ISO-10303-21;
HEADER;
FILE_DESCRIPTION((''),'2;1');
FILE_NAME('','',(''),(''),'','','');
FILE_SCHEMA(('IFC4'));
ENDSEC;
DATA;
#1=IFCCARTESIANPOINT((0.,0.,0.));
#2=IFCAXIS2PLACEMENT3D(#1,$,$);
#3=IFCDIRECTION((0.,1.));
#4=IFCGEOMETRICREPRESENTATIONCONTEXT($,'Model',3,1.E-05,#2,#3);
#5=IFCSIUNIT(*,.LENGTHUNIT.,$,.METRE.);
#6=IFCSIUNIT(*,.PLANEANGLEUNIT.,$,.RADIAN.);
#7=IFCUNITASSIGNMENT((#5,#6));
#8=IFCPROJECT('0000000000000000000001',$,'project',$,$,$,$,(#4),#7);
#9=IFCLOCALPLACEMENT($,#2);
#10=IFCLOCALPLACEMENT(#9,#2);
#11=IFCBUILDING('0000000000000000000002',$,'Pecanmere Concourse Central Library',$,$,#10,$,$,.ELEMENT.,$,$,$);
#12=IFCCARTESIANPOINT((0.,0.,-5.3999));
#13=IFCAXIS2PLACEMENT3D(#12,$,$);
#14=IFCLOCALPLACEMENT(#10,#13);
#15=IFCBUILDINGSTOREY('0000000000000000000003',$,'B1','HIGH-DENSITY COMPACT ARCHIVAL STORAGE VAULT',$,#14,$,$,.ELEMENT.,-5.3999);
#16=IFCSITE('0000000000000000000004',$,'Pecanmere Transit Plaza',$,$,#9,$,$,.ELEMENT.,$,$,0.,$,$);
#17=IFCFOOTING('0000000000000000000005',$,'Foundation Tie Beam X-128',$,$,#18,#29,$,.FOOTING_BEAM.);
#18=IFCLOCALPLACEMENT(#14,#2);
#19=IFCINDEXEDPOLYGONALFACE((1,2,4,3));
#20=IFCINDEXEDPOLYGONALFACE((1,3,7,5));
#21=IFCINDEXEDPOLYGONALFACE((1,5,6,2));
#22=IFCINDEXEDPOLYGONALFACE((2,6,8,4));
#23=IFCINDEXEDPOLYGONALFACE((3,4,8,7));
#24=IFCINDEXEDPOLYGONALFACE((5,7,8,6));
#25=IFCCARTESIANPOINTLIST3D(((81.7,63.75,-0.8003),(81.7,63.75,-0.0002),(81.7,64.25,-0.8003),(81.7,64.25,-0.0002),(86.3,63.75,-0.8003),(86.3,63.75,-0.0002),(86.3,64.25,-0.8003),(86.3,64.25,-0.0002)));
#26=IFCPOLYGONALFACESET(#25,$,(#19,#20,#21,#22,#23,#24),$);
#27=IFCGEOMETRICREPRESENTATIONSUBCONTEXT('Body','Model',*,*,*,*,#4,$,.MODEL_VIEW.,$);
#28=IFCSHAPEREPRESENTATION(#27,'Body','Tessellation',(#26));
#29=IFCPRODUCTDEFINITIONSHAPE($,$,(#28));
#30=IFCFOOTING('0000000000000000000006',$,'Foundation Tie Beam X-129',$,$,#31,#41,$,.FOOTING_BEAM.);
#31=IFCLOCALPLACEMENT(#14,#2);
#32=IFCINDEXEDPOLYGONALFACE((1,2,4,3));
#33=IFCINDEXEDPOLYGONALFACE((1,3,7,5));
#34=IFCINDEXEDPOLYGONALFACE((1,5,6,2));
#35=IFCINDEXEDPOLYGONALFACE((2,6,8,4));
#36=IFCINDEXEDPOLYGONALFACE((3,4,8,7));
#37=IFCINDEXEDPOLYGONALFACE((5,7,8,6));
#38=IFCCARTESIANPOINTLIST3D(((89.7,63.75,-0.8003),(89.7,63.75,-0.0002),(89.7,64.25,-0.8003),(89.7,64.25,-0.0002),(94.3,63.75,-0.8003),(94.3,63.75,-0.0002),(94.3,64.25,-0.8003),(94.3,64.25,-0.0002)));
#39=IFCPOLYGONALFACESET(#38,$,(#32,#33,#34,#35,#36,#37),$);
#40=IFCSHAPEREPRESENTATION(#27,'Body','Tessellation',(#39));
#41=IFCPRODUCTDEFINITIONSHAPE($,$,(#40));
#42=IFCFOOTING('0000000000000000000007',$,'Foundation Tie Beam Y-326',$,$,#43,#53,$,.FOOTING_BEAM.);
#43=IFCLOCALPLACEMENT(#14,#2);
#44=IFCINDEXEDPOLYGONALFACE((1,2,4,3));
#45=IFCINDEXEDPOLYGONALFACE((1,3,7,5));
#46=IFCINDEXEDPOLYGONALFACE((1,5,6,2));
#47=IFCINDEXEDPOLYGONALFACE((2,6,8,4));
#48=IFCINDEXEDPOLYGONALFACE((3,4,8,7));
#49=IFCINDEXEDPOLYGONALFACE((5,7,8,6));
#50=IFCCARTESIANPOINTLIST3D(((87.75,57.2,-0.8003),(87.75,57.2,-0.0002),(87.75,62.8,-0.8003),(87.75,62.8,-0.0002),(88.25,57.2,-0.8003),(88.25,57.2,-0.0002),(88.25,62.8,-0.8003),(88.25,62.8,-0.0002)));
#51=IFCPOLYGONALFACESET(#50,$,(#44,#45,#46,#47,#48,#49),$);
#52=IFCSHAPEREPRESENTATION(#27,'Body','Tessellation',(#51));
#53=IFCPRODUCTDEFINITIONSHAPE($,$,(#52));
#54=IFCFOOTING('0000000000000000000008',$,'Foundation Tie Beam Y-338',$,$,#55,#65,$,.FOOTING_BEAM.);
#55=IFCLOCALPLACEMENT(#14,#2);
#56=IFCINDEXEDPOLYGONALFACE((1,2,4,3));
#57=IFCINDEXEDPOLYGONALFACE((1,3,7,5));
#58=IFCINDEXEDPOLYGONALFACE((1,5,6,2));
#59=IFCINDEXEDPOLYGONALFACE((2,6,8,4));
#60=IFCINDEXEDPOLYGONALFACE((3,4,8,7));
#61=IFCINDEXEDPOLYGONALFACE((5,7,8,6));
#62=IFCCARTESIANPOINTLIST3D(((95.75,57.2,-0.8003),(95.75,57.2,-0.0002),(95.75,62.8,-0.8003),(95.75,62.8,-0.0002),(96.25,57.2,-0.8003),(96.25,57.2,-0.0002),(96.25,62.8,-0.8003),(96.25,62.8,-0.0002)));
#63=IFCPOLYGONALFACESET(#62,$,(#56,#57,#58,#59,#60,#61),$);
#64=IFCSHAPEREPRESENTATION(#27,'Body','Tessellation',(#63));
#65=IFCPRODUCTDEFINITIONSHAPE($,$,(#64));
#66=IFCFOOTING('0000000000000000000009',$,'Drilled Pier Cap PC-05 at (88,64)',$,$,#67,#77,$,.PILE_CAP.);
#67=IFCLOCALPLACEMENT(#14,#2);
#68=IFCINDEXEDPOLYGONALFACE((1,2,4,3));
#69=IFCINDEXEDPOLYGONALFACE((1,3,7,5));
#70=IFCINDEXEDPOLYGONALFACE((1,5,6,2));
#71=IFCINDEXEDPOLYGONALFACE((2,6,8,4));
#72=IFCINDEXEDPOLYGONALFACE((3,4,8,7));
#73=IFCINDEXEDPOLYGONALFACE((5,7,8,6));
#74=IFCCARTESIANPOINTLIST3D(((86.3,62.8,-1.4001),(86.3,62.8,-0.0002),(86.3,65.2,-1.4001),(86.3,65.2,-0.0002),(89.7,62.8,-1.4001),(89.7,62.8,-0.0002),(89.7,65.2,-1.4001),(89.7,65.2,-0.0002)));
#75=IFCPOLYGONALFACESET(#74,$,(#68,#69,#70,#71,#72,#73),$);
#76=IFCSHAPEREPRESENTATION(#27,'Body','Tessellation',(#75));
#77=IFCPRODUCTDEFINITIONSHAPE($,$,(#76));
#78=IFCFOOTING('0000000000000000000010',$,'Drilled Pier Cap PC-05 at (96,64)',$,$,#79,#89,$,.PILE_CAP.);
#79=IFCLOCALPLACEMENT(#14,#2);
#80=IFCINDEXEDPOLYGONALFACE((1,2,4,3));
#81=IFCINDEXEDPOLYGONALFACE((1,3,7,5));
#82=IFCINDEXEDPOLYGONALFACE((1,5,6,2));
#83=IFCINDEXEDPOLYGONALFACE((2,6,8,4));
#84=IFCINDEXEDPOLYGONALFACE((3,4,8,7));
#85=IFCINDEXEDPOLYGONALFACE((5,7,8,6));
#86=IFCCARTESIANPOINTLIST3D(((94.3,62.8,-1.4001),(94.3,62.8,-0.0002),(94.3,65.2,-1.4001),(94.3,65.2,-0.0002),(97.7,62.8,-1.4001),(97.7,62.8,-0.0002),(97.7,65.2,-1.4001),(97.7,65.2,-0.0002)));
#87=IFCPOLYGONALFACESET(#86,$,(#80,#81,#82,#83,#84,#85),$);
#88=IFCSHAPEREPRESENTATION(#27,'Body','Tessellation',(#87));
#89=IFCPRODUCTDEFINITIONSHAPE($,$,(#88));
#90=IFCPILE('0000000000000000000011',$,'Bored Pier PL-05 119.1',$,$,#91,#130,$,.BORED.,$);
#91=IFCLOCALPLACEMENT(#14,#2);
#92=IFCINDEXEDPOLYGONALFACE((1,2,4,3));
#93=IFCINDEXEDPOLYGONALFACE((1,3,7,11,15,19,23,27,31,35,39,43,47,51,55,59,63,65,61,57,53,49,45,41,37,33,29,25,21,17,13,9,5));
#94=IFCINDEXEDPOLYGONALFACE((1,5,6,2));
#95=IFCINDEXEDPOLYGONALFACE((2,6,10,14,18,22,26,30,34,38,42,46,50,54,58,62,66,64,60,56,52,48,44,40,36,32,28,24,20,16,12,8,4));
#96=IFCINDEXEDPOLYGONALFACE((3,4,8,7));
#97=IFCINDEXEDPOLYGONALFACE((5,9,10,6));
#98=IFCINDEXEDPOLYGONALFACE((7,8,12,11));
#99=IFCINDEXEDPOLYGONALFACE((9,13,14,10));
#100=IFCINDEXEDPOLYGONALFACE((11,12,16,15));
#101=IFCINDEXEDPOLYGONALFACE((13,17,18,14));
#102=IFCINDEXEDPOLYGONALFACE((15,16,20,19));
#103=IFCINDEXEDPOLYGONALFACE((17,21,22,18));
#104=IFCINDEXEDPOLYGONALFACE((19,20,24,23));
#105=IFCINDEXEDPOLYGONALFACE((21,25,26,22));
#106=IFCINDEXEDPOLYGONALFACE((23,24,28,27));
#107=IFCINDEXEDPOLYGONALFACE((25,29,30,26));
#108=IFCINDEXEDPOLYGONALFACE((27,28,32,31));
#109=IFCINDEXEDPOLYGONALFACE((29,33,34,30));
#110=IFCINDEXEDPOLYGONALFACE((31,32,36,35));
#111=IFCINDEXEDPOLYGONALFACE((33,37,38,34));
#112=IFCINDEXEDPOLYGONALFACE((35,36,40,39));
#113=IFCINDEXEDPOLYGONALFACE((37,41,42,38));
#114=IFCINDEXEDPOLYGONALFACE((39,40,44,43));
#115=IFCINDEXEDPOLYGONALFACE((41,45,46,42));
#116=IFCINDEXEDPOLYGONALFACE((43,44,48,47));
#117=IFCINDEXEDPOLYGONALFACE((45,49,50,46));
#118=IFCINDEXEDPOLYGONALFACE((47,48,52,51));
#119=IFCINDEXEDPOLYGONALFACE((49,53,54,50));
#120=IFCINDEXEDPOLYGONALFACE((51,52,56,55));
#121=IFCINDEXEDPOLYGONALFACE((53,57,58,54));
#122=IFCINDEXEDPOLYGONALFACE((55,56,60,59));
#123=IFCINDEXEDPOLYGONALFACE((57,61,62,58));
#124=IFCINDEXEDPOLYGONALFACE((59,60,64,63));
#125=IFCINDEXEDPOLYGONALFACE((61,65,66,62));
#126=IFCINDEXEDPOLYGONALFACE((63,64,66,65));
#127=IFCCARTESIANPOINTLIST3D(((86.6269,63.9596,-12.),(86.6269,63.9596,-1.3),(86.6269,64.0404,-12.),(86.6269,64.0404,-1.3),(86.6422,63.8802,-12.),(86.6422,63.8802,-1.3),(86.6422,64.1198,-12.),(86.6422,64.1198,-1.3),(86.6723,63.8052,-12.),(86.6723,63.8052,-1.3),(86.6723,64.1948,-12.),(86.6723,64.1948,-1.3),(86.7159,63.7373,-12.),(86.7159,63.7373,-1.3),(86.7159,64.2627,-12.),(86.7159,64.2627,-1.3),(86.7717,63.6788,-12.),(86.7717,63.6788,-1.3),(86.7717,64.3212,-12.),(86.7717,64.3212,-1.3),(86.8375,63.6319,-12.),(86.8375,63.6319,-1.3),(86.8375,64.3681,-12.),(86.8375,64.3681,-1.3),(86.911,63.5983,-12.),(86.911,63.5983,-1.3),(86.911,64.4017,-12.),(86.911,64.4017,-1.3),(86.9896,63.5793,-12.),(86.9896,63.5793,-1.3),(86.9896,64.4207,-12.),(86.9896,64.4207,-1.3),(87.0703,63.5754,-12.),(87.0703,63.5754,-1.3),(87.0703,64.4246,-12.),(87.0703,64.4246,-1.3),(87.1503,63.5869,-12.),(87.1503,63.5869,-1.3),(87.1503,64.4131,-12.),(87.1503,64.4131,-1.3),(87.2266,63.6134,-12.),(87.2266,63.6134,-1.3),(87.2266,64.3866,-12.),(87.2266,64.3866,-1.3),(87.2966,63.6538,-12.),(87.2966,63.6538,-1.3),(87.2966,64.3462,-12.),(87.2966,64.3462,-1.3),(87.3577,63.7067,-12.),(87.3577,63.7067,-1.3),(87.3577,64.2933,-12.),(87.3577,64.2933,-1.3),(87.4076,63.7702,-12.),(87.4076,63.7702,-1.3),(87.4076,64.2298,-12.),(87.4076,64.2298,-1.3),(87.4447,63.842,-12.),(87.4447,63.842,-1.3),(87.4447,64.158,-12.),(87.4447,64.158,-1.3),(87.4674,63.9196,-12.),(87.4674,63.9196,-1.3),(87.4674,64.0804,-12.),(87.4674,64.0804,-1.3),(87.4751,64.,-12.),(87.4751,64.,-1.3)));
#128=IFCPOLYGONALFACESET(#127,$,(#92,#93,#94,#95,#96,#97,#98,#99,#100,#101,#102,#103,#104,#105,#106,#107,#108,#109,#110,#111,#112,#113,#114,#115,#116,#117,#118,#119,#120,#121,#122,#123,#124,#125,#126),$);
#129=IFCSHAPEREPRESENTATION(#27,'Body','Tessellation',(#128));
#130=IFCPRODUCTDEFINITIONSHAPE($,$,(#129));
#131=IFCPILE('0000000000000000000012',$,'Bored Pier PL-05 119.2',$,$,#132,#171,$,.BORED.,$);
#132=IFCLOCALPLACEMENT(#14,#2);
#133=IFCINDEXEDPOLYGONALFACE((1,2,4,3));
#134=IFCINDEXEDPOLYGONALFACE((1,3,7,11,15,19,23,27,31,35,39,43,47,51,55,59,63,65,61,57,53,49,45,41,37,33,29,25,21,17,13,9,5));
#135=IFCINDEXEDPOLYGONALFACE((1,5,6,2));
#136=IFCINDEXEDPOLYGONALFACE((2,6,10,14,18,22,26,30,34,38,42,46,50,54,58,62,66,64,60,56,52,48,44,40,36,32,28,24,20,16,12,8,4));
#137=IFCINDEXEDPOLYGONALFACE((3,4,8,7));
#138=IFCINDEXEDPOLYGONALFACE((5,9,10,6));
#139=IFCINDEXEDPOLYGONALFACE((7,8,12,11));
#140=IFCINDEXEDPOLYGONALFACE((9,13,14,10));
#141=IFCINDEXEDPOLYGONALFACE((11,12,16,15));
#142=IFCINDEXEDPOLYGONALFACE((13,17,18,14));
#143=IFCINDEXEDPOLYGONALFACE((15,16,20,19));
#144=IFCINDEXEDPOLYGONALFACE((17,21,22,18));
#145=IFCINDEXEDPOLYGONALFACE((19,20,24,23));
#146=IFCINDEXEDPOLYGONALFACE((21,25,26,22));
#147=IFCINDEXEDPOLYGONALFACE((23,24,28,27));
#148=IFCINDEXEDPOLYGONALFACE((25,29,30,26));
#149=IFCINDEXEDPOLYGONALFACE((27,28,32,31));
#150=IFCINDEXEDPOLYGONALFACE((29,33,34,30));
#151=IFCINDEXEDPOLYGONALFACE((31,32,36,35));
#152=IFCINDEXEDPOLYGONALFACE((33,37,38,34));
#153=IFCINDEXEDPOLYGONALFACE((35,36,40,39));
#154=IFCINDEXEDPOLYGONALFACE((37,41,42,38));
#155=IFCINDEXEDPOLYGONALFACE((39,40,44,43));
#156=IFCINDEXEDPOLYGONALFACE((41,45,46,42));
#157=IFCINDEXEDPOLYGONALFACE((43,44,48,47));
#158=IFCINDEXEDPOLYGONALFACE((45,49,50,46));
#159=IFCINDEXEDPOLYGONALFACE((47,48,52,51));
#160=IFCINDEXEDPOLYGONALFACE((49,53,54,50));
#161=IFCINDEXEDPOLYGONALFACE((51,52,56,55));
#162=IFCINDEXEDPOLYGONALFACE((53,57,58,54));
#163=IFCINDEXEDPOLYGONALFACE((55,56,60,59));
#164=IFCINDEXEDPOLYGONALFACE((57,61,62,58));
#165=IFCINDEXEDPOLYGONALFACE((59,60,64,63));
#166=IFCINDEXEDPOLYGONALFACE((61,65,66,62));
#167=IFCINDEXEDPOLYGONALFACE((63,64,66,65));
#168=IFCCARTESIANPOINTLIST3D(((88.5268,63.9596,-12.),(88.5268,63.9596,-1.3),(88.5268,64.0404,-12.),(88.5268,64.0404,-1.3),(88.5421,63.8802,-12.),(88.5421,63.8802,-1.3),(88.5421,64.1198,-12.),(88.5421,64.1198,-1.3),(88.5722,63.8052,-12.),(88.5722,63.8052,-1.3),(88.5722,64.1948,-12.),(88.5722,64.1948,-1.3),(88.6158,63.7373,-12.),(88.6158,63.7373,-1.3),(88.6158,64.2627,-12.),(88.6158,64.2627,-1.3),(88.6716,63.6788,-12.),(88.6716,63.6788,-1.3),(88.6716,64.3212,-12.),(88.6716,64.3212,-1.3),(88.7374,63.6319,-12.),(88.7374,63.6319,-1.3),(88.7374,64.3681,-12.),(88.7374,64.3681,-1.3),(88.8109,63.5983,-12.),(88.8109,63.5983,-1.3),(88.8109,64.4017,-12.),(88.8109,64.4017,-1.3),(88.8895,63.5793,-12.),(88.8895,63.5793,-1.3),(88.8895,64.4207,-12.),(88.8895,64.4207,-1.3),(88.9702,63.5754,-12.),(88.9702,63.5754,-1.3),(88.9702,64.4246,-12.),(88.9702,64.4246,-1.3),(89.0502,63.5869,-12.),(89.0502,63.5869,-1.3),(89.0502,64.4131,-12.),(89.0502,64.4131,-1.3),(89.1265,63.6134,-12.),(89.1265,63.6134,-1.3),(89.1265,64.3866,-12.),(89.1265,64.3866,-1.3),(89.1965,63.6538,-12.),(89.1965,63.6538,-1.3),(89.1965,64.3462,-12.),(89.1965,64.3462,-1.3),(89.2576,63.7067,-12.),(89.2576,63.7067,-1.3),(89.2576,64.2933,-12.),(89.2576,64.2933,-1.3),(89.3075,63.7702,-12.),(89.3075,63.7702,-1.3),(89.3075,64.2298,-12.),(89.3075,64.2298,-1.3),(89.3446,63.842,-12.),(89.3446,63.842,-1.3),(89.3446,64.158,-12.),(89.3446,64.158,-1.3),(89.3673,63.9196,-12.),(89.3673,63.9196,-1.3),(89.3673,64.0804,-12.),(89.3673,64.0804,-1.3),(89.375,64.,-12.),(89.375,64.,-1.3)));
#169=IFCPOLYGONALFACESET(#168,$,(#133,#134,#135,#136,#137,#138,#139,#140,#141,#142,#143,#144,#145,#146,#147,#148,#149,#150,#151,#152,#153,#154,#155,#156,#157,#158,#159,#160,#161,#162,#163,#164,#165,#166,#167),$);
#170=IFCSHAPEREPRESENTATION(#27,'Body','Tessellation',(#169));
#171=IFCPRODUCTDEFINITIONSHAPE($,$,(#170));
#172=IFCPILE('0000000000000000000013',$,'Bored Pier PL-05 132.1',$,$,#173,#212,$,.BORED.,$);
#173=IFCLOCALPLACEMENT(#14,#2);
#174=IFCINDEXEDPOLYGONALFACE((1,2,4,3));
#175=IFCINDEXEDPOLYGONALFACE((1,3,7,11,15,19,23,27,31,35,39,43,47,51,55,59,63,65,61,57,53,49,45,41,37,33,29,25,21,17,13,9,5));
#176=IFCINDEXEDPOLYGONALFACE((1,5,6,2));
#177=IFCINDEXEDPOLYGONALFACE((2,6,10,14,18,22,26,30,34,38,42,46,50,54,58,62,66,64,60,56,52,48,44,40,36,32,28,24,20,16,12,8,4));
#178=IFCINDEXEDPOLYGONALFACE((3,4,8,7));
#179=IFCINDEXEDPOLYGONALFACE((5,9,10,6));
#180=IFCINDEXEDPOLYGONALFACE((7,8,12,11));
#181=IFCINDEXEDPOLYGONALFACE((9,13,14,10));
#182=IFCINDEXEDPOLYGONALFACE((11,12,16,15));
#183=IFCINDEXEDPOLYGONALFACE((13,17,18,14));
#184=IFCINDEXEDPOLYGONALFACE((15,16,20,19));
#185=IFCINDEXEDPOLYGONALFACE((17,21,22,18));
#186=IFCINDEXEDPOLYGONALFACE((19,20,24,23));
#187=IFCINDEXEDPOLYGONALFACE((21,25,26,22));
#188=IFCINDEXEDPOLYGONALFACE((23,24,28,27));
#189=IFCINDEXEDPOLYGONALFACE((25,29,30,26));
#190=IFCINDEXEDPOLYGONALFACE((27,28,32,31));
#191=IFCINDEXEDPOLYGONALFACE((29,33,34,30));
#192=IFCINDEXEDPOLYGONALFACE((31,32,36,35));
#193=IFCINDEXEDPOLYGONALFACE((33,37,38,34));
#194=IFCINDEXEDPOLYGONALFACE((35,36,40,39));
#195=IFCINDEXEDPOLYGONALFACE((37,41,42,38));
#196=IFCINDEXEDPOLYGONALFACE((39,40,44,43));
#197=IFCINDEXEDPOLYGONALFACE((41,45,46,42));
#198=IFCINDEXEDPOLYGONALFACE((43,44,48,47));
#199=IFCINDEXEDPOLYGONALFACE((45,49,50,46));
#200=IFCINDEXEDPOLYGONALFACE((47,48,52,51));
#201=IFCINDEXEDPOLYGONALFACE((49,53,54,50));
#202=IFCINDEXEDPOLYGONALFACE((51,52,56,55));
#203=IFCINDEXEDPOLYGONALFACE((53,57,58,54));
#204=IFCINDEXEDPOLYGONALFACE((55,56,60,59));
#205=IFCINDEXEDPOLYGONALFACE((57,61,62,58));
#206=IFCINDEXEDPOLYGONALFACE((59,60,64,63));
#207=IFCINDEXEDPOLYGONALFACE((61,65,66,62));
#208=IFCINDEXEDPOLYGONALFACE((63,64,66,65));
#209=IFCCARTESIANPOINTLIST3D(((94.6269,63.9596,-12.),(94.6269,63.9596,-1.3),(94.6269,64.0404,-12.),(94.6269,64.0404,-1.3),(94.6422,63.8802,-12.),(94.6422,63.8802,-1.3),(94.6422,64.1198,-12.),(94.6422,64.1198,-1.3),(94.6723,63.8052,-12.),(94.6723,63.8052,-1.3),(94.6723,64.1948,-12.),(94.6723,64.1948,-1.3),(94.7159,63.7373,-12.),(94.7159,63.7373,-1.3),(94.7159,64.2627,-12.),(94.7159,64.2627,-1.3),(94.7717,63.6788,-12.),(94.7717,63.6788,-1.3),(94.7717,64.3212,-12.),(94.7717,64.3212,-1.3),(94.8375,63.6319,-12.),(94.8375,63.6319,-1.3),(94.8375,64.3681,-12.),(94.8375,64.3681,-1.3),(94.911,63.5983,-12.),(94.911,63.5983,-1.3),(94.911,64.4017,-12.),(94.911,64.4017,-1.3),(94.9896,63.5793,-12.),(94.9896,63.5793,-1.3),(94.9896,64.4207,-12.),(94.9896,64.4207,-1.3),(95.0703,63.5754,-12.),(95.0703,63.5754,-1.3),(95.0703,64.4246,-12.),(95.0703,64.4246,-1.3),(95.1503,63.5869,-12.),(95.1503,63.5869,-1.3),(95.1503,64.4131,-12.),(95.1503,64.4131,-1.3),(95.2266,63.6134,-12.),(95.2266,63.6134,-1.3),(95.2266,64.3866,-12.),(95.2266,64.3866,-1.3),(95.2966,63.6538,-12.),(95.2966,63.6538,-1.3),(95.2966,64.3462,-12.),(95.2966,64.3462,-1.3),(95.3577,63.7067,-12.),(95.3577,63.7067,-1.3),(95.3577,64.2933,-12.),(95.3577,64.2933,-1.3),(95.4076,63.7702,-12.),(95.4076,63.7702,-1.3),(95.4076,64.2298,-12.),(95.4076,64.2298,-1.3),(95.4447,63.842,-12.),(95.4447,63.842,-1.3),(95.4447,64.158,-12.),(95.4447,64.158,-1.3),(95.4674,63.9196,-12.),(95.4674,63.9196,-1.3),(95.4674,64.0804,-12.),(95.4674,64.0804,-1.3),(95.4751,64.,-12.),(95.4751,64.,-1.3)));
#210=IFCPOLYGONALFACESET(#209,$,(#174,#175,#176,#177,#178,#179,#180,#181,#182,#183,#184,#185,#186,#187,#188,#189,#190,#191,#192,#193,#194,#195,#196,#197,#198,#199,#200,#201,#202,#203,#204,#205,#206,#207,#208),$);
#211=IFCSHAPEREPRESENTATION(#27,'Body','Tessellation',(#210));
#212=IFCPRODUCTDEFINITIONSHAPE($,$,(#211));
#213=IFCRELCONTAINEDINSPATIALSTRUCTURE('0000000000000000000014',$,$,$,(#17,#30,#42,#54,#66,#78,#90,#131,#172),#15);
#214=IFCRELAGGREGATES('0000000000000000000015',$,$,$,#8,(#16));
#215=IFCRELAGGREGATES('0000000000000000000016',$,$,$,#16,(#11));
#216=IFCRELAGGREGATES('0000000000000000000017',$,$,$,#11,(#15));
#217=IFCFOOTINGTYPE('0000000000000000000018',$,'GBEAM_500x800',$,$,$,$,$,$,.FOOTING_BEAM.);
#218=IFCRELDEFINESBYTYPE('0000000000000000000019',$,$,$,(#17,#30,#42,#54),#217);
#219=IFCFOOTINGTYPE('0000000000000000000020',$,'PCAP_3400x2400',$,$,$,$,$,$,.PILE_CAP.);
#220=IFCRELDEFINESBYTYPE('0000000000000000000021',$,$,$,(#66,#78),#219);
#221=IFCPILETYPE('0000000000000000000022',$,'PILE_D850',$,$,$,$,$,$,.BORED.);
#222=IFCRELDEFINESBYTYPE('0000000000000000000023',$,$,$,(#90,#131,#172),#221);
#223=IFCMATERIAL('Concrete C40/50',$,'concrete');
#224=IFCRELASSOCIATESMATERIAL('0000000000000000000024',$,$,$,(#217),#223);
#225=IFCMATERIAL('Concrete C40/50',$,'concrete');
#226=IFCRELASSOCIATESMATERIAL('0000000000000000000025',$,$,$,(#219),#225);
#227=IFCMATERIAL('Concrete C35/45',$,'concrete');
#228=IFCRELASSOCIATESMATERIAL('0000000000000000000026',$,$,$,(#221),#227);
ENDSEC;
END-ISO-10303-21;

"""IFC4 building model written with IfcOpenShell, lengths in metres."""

from ifc_helpers import new_model, si_unit, direction, frame, origin, origin_2d, place, context, subcontext, project, spatial, rectangle, circle, extrude, material, material_profile, profile_set, type_object, element, save


model = new_model("IFC4")

# Units and contexts
model_context = context("Model", 3, precision=1e-05, world=origin(), true_north=direction((0.0, 1.0)))
body_context = subcontext(model_context, "Body", "Model", "MODEL_VIEW")
ifc_project = project(units=[si_unit("LENGTHUNIT", "METRE"), si_unit("PLANEANGLEUNIT", "RADIAN")], contexts=[model_context])

# Site, building, storey
site_placement = place(None, origin())
site = spatial("IfcSite", under=ifc_project, at=site_placement, Name="Pecanmere Transit Plaza", CompositionType="ELEMENT", RefElevation=0.0)
building_placement = place(site_placement, origin())
building = spatial("IfcBuilding", under=site, at=building_placement, Name="Pecanmere Concourse Central Library", CompositionType="ELEMENT")
storey_placement = place(building_placement, frame((0.0, 0.0, -5.3999)))
storey = spatial("IfcBuildingStorey", under=building, at=storey_placement, Name="B1", Description="HIGH-DENSITY COMPACT ARCHIVAL STORAGE VAULT", CompositionType="ELEMENT", Elevation=-5.3999)

# Footings
ifc_material_1 = material(Name="Concrete C40/50", Category="concrete")
ifc_material_profile_1 = material_profile(ifc_material_1, rectangle(XDim=0.5, YDim=0.8, at=origin_2d()), Name="RC 500x800")
ifc_profile_set_1 = profile_set([ifc_material_profile_1], Name="Concrete C40/50")
footing_type_1 = type_object("IfcFootingType", Name="GBEAM_500x800", PredefinedType="FOOTING_BEAM", material=ifc_profile_set_1)
for number, where, z_axis, x_axis, name in (
    (1, (84.0, 64.0, -0.8003), (0.0, 0.0, 1.0), (1.0, 0.0, 0.0), "Foundation Tie Beam X-128"),
    (2, (92.0, 64.0, -0.8003), (0.0, 0.0, 1.0), (1.0, 0.0, 0.0), "Foundation Tie Beam X-129"),
):
    element("IfcFooting", number, at=place(storey_placement, frame(where, z_axis=z_axis, x_axis=x_axis)), inside=storey, type_object=footing_type_1, Name=name, PredefinedType="FOOTING_BEAM", context=body_context, shape_type="SweptSolid", body=[
        extrude(rectangle(XDim=4.6001, YDim=0.5, at=origin_2d()), origin(), (0.0, 0.0, 1.0), 0.8),
    ])
for number, where, z_axis, x_axis, name in (
    (3, (88.0, 60.0, -0.8003), (0.0, 0.0, 1.0), (0.0, 1.0, 0.0), "Foundation Tie Beam Y-326"),
    (4, (96.0, 60.0, -0.8003), (0.0, 0.0, 1.0), (0.0, 1.0, 0.0), "Foundation Tie Beam Y-338"),
):
    element("IfcFooting", number, at=place(storey_placement, frame(where, z_axis=z_axis, x_axis=x_axis)), inside=storey, type_object=footing_type_1, Name=name, PredefinedType="FOOTING_BEAM", context=body_context, shape_type="SweptSolid", body=[
        extrude(rectangle(XDim=5.6001, YDim=0.5, at=origin_2d()), origin(), (0.0, 0.0, 1.0), 0.8),
    ])
ifc_material_2 = material(Name="Concrete C40/50", Category="concrete")
footing_type_2 = type_object("IfcFootingType", Name="PCAP_3400x2400", PredefinedType="PILE_CAP", material=ifc_material_2)
for number, where, z_axis, x_axis, name in (
    (5, (88.0, 64.0, -1.4001), (0.0, 0.0, 1.0), (1.0, 0.0, 0.0), "Drilled Pier Cap PC-05 at (88,64)"),
    (6, (96.0, 64.0, -1.4001), (0.0, 0.0, 1.0), (1.0, 0.0, 0.0), "Drilled Pier Cap PC-05 at (96,64)"),
):
    element("IfcFooting", number, at=place(storey_placement, frame(where, z_axis=z_axis, x_axis=x_axis)), inside=storey, type_object=footing_type_2, Name=name, PredefinedType="PILE_CAP", context=body_context, shape_type="SweptSolid", body=[
        extrude(rectangle(XDim=3.3999, YDim=2.3999, at=origin_2d()), origin(), (0.0, 0.0, 1.0), 1.3999),
    ])

# Piles
ifc_material_3 = material(Name="Concrete C35/45", Category="concrete")
ifc_material_profile_2 = material_profile(ifc_material_3, circle(Radius=0.425, at=origin_2d()), Name="PIER D850")
ifc_profile_set_2 = profile_set([ifc_material_profile_2], Name="Concrete C35/45")
pile_type = type_object("IfcPileType", Name="PILE_D850", PredefinedType="BORED", material=ifc_profile_set_2)
for number, where, z_axis, x_axis, name in (
    (7, (87.05, 64.0, -1.3), (0.0, 0.0, -1.0), (1.0, 0.0, 0.0), "Bored Pier PL-05 119.1"),
    (8, (88.95, 64.0, -1.3), (0.0, 0.0, -1.0), (1.0, 0.0, 0.0), "Bored Pier PL-05 119.2"),
    (9, (95.05, 64.0, -1.3), (0.0, 0.0, -1.0), (1.0, 0.0, 0.0), "Bored Pier PL-05 132.1"),
):
    element("IfcPile", number, at=place(storey_placement, frame(where, z_axis=z_axis, x_axis=x_axis)), inside=storey, type_object=pile_type, Name=name, PredefinedType="BORED", context=body_context, shape_type="SweptSolid", body=[
        extrude(circle(Radius=0.425, at=origin_2d()), origin(), (0.0, 0.0, 1.0), 10.7),
    ])

save(model, "model.ifc")
